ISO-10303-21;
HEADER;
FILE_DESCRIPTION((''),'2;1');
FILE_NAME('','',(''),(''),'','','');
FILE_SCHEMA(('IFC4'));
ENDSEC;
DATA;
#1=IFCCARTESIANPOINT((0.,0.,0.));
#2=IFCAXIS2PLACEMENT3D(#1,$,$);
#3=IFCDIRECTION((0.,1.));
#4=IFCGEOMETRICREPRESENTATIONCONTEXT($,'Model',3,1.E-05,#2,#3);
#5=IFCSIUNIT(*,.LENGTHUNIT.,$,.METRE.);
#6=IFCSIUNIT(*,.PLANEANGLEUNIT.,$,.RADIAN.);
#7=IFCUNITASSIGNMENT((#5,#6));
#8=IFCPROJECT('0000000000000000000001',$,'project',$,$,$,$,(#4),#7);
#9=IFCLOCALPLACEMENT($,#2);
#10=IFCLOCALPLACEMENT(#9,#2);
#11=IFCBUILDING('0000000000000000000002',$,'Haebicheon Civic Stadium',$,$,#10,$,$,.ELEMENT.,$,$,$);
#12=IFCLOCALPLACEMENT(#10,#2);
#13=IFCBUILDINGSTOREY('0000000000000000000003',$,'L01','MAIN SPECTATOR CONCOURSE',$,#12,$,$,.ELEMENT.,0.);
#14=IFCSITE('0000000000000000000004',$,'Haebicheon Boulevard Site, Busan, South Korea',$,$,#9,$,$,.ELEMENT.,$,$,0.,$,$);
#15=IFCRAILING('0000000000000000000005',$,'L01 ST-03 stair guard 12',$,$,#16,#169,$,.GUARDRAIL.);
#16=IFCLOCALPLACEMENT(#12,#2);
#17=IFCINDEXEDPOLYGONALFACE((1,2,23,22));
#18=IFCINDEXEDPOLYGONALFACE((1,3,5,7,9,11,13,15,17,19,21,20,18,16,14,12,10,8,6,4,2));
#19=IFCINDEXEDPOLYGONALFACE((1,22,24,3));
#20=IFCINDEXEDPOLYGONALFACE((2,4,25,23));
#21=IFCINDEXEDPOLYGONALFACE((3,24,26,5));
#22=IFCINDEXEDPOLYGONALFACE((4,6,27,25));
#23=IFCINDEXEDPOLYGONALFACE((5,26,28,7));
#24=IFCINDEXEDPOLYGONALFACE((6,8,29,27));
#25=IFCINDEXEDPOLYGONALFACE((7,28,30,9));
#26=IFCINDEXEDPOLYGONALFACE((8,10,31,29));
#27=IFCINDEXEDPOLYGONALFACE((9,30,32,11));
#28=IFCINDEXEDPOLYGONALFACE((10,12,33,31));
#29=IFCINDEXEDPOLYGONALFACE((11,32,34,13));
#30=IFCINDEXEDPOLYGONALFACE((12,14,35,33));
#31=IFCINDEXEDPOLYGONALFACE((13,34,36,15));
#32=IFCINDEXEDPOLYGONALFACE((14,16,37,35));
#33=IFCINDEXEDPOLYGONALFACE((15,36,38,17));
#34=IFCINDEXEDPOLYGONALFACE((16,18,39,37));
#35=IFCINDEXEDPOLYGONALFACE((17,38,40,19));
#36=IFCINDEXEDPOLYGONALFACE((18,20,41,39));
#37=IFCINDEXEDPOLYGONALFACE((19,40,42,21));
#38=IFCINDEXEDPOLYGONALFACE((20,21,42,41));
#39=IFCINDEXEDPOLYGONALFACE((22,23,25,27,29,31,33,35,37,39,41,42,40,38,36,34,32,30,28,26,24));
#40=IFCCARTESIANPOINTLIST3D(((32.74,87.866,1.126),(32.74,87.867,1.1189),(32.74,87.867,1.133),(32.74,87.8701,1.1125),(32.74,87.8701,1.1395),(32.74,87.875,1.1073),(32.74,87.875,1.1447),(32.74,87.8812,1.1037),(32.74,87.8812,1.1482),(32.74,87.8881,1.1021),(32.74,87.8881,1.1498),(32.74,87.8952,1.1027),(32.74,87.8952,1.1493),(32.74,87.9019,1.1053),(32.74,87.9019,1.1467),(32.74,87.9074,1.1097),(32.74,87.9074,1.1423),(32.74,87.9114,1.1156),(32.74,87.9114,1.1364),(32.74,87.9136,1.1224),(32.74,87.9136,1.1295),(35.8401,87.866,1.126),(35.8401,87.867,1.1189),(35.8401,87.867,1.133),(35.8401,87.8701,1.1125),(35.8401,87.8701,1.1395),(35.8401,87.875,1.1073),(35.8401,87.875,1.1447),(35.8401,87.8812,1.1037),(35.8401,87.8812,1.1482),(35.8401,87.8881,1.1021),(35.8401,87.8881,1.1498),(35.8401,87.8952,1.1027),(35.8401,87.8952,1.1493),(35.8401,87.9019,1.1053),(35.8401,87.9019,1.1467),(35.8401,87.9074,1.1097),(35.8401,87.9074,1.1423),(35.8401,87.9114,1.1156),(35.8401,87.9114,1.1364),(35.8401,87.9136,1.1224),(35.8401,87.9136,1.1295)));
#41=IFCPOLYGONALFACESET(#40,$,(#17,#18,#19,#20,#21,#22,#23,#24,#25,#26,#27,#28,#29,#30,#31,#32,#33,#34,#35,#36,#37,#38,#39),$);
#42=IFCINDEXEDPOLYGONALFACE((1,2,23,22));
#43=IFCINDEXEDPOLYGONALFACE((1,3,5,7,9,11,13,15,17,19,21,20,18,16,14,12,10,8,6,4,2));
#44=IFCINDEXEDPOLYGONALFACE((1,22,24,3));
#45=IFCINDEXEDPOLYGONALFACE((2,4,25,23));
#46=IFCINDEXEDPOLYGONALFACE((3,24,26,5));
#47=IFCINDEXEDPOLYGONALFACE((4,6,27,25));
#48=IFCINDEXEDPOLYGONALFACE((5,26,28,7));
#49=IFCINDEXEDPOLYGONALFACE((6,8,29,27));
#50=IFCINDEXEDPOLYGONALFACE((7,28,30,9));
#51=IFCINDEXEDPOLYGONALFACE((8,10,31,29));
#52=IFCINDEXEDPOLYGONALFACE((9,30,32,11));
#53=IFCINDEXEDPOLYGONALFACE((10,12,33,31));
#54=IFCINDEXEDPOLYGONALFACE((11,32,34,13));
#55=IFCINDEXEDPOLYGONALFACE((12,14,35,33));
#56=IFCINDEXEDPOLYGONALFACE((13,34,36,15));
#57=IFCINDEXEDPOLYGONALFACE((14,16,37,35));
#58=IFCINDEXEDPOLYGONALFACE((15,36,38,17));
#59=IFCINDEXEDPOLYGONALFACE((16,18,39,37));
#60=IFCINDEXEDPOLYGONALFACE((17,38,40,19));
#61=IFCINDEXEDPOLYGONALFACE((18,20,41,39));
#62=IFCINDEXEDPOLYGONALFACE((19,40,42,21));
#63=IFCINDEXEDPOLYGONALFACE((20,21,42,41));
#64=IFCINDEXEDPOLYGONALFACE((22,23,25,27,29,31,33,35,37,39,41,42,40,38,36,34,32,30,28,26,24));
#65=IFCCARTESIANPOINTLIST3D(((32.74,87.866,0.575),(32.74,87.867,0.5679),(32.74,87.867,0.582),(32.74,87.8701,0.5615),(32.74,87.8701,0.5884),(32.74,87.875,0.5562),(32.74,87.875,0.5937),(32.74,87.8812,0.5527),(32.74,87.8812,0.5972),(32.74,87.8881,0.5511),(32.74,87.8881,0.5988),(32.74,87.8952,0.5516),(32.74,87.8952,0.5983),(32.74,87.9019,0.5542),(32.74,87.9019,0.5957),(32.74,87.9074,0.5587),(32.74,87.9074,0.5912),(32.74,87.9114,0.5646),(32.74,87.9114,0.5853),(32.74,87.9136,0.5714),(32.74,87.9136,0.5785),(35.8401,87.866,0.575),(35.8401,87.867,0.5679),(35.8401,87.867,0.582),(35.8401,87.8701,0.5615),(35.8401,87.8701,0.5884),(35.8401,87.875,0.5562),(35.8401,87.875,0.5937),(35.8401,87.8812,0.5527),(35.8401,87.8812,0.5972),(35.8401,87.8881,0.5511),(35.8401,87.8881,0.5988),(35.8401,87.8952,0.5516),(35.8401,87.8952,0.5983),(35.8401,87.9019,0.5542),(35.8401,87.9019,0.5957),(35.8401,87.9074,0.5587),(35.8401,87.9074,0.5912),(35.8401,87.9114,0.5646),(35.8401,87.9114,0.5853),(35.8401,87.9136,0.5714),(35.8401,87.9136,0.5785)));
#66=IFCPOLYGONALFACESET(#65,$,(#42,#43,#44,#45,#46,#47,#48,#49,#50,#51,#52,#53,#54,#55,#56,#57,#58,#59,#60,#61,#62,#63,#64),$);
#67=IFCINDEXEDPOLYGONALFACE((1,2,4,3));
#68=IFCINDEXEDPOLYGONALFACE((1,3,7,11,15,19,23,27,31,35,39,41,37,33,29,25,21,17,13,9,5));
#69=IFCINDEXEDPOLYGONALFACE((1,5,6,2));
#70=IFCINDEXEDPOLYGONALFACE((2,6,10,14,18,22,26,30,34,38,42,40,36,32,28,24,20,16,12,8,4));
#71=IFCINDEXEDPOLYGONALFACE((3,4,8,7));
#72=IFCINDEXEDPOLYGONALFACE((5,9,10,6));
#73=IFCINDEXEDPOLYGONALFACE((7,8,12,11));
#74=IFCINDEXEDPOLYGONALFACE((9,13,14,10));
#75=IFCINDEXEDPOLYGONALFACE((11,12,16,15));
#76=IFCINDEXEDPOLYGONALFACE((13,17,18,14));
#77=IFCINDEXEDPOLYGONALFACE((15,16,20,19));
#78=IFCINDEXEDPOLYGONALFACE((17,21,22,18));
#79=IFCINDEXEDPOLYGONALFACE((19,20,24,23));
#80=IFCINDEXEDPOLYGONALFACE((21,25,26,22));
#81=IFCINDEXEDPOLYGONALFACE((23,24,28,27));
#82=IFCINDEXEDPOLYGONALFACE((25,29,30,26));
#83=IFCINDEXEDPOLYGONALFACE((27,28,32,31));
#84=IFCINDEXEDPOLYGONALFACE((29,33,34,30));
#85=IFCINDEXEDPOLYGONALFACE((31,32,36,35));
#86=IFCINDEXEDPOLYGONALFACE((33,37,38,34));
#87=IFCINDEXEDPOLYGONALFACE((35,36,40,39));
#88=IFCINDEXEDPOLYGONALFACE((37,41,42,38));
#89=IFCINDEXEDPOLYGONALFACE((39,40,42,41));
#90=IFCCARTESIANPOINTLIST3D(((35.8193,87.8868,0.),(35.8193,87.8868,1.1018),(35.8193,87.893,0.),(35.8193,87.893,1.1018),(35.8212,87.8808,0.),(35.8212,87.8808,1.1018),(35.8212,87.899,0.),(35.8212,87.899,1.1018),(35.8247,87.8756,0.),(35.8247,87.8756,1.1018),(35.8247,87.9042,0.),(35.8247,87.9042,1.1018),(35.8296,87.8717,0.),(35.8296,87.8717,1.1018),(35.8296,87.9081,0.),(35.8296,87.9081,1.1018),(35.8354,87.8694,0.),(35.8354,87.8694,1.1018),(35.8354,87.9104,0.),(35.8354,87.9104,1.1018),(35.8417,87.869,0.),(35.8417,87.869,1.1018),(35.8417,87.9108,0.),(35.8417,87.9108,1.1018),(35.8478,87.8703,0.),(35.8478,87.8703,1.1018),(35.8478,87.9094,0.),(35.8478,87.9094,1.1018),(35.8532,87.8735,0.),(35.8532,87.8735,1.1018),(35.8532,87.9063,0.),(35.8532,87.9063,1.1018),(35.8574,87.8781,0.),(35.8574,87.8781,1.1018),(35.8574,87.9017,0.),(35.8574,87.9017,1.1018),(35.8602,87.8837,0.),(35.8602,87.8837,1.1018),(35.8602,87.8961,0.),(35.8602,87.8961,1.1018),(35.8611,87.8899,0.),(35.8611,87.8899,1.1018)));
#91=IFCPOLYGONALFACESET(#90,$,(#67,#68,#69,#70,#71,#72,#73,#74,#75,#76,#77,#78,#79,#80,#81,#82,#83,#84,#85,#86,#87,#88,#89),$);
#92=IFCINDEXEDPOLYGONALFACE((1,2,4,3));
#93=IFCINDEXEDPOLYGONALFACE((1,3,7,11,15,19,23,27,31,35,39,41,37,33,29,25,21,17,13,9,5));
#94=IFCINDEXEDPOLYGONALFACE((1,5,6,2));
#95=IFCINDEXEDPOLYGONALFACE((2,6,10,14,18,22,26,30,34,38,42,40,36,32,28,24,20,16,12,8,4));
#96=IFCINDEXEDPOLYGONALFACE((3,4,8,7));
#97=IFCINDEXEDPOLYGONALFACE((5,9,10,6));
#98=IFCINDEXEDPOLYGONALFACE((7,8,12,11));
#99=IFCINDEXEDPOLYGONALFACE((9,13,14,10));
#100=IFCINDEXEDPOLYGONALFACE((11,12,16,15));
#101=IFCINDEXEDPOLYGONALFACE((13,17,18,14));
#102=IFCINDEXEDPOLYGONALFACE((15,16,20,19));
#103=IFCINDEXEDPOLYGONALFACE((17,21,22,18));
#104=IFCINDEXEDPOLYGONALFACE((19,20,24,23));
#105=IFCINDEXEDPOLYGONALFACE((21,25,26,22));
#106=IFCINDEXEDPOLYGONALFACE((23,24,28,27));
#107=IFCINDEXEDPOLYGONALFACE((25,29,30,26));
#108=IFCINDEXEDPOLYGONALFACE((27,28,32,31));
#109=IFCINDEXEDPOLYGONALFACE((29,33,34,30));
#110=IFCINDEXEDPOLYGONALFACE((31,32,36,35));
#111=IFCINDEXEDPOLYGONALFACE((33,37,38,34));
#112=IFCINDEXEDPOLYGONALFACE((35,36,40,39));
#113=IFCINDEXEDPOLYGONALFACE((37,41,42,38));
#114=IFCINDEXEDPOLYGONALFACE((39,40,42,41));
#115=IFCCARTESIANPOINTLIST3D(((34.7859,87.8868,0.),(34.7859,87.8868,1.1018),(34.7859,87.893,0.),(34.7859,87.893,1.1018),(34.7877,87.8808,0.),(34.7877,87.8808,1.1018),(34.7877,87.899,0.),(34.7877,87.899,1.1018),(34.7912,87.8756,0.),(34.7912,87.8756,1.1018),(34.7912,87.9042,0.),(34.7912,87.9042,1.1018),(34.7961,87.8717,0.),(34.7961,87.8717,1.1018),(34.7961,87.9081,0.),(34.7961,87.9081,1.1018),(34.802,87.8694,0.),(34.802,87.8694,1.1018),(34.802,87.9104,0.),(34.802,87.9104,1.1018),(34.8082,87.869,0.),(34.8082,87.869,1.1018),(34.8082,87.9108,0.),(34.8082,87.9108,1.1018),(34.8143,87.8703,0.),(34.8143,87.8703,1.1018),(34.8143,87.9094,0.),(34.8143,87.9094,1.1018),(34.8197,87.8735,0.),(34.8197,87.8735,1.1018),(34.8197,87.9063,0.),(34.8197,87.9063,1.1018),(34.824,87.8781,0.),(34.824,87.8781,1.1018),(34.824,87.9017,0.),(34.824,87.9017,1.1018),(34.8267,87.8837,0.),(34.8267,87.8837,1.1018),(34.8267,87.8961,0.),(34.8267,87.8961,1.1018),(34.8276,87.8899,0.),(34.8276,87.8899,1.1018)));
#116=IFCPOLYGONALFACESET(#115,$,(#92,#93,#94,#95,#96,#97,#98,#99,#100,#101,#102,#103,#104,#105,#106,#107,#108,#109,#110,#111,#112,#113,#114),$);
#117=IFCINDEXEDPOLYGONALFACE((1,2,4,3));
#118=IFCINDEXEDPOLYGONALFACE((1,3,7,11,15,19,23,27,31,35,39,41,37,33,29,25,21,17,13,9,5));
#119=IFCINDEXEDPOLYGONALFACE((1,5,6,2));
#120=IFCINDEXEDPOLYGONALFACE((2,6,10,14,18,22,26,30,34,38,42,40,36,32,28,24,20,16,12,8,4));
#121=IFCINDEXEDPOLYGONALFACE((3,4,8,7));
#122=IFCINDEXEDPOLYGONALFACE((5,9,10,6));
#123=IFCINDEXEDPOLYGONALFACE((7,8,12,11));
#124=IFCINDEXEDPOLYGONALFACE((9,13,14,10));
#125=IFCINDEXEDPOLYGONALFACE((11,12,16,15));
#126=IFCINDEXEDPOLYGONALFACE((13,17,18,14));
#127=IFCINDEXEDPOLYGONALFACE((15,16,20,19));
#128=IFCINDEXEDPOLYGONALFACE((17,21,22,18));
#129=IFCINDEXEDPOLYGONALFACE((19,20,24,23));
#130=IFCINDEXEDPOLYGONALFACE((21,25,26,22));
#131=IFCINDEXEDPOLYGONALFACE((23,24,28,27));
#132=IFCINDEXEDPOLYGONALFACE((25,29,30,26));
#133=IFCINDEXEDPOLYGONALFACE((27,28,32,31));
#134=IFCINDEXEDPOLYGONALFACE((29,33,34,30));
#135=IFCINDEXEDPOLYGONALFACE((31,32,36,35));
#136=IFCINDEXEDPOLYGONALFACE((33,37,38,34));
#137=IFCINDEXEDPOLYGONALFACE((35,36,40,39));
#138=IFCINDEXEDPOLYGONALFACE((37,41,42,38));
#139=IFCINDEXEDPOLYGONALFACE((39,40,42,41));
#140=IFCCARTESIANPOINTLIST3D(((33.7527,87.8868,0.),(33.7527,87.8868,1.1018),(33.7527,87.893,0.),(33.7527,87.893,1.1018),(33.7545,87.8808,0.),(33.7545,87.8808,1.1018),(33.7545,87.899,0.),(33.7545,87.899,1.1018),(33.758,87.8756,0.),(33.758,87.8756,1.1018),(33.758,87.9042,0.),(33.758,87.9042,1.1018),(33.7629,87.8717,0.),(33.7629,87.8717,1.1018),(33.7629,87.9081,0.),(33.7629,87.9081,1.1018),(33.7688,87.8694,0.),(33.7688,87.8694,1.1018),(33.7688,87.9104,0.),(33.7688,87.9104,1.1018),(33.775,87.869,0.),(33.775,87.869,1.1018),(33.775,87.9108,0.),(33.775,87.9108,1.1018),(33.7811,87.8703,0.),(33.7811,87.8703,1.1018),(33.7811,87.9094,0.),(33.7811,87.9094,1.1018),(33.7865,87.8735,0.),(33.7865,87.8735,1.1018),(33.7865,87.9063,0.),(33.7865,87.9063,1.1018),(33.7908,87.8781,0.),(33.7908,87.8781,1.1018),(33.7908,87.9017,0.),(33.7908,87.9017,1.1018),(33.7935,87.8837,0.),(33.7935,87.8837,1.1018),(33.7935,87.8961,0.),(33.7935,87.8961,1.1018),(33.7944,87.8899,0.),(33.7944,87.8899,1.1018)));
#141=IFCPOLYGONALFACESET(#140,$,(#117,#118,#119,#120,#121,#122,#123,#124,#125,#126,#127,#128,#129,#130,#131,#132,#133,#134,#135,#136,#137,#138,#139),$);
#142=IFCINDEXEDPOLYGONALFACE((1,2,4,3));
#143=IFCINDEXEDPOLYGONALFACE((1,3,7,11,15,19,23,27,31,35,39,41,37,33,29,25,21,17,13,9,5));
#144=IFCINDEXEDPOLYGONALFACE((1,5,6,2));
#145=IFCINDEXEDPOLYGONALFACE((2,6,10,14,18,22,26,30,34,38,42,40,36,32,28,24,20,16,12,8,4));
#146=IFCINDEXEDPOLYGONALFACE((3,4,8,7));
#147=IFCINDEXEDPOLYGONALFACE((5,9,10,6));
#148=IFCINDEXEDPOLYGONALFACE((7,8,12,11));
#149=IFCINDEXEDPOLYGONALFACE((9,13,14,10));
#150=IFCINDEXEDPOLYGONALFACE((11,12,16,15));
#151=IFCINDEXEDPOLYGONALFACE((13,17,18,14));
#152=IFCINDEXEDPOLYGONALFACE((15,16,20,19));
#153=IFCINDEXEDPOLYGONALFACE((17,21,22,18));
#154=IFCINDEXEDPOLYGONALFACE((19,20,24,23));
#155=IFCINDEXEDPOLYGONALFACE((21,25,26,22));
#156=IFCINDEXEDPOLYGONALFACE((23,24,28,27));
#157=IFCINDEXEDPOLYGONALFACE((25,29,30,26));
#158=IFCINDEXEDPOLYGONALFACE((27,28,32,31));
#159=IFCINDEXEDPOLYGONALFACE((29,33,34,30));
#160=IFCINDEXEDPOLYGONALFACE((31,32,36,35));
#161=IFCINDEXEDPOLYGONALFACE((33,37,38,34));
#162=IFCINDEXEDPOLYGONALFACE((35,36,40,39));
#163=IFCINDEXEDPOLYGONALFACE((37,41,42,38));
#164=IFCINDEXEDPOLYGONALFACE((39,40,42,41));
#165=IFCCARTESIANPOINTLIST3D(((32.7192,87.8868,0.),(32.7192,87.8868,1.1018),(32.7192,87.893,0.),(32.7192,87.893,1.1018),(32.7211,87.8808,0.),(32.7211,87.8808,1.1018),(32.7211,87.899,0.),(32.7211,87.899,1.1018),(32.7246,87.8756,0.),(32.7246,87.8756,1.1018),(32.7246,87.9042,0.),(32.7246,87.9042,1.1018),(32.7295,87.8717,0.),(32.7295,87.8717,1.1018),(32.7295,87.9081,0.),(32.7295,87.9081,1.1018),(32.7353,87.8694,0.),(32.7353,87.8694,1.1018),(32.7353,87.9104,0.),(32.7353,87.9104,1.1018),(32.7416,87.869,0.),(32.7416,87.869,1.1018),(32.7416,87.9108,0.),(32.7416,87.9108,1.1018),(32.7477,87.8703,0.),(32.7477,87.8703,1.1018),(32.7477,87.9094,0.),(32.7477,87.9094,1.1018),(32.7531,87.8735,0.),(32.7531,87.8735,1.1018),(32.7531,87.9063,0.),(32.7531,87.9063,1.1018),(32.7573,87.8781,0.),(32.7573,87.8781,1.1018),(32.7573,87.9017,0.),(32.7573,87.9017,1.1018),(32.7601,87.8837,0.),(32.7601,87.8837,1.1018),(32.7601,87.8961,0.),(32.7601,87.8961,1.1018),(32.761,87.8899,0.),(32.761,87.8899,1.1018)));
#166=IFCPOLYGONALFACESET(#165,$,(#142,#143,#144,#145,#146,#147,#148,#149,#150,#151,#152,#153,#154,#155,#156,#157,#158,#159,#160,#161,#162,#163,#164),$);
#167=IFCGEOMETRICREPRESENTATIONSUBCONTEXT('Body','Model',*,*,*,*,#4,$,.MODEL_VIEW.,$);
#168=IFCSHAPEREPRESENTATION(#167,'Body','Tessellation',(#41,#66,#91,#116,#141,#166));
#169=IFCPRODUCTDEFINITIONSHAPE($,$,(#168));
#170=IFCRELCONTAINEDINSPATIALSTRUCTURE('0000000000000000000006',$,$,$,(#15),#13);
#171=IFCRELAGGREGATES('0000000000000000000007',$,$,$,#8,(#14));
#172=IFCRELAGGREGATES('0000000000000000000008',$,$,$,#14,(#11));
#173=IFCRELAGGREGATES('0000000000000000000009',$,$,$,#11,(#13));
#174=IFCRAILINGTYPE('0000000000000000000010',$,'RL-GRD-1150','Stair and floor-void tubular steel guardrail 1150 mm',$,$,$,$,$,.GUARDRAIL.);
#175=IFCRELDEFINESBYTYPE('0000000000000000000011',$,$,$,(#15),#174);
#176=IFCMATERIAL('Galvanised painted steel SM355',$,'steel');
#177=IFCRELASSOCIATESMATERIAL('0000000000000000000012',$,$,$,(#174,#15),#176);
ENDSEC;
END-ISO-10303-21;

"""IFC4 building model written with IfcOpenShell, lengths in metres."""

from ifc_helpers import new_model, si_unit, direction, frame, origin, origin_2d, place, context, subcontext, project, spatial, circle, extrude, material, type_object, element, save


model = new_model("IFC4")

# Units and contexts
model_context = context("Model", 3, precision=1e-05, world=origin(), true_north=direction((0.0, 1.0)))
body_context = subcontext(model_context, "Body", "Model", "MODEL_VIEW")
ifc_project = project(units=[si_unit("LENGTHUNIT", "METRE"), si_unit("PLANEANGLEUNIT", "RADIAN")], contexts=[model_context])

# Site, building, storey
site_placement = place(None, origin())
site = spatial("IfcSite", under=ifc_project, at=site_placement, Name="Haebicheon Boulevard Site, Busan, South Korea", CompositionType="ELEMENT", RefElevation=0.0)
building_placement = place(site_placement, origin())
building = spatial("IfcBuilding", under=site, at=building_placement, Name="Haebicheon Civic Stadium", CompositionType="ELEMENT")
storey_placement = place(building_placement, origin())
storey = spatial("IfcBuildingStorey", under=building, at=storey_placement, Name="L01", Description="MAIN SPECTATOR CONCOURSE", CompositionType="ELEMENT", Elevation=0.0)

# Railing
ifc_material_1 = material(Name="Galvanised painted steel SM355", Category="steel")
railing_type_1 = type_object("IfcRailingType", Name="RL-GRD-1150", Description="Stair and floor-void tubular steel guardrail 1150 mm", PredefinedType="GUARDRAIL", material=ifc_material_1)
railing_1_placement = place(storey_placement, frame((35.8401, 87.8899, 0.0)))
element("IfcRailing", 1, at=railing_1_placement, inside=storey, type_object=railing_type_1, material=ifc_material_1, Name="L01 ST-03 stair guard 12", PredefinedType="GUARDRAIL", context=body_context, shape_type="SweptSolid", body=[
    extrude(circle(Radius=0.0239, at=origin_2d()), frame((0.0, 0.0, 1.126), z_axis=(-1.0, 0.0, 0.0), x_axis=(0.0, -1.0, 0.0)), (0.0, 0.0, 1.0), 3.1001),
    extrude(circle(Radius=0.0239, at=origin_2d()), frame((0.0, 0.0, 0.575), z_axis=(-1.0, 0.0, 0.0), x_axis=(0.0, -1.0, 0.0)), (0.0, 0.0, 1.0), 3.1001),
    extrude(circle(Radius=0.021, at=origin_2d()), origin(), (0.0, 0.0, 1.0), 1.1018),
    extrude(circle(Radius=0.021, at=origin_2d()), frame((-1.0334, 0.0, 0.0)), (0.0, 0.0, 1.0), 1.1018),
    extrude(circle(Radius=0.021, at=origin_2d()), frame((-2.0667, 0.0, 0.0)), (0.0, 0.0, 1.0), 1.1018),
    extrude(circle(Radius=0.021, at=origin_2d()), frame((-3.1001, 0.0, 0.0)), (0.0, 0.0, 1.0), 1.1018),
])

save(model, "model.ifc")
